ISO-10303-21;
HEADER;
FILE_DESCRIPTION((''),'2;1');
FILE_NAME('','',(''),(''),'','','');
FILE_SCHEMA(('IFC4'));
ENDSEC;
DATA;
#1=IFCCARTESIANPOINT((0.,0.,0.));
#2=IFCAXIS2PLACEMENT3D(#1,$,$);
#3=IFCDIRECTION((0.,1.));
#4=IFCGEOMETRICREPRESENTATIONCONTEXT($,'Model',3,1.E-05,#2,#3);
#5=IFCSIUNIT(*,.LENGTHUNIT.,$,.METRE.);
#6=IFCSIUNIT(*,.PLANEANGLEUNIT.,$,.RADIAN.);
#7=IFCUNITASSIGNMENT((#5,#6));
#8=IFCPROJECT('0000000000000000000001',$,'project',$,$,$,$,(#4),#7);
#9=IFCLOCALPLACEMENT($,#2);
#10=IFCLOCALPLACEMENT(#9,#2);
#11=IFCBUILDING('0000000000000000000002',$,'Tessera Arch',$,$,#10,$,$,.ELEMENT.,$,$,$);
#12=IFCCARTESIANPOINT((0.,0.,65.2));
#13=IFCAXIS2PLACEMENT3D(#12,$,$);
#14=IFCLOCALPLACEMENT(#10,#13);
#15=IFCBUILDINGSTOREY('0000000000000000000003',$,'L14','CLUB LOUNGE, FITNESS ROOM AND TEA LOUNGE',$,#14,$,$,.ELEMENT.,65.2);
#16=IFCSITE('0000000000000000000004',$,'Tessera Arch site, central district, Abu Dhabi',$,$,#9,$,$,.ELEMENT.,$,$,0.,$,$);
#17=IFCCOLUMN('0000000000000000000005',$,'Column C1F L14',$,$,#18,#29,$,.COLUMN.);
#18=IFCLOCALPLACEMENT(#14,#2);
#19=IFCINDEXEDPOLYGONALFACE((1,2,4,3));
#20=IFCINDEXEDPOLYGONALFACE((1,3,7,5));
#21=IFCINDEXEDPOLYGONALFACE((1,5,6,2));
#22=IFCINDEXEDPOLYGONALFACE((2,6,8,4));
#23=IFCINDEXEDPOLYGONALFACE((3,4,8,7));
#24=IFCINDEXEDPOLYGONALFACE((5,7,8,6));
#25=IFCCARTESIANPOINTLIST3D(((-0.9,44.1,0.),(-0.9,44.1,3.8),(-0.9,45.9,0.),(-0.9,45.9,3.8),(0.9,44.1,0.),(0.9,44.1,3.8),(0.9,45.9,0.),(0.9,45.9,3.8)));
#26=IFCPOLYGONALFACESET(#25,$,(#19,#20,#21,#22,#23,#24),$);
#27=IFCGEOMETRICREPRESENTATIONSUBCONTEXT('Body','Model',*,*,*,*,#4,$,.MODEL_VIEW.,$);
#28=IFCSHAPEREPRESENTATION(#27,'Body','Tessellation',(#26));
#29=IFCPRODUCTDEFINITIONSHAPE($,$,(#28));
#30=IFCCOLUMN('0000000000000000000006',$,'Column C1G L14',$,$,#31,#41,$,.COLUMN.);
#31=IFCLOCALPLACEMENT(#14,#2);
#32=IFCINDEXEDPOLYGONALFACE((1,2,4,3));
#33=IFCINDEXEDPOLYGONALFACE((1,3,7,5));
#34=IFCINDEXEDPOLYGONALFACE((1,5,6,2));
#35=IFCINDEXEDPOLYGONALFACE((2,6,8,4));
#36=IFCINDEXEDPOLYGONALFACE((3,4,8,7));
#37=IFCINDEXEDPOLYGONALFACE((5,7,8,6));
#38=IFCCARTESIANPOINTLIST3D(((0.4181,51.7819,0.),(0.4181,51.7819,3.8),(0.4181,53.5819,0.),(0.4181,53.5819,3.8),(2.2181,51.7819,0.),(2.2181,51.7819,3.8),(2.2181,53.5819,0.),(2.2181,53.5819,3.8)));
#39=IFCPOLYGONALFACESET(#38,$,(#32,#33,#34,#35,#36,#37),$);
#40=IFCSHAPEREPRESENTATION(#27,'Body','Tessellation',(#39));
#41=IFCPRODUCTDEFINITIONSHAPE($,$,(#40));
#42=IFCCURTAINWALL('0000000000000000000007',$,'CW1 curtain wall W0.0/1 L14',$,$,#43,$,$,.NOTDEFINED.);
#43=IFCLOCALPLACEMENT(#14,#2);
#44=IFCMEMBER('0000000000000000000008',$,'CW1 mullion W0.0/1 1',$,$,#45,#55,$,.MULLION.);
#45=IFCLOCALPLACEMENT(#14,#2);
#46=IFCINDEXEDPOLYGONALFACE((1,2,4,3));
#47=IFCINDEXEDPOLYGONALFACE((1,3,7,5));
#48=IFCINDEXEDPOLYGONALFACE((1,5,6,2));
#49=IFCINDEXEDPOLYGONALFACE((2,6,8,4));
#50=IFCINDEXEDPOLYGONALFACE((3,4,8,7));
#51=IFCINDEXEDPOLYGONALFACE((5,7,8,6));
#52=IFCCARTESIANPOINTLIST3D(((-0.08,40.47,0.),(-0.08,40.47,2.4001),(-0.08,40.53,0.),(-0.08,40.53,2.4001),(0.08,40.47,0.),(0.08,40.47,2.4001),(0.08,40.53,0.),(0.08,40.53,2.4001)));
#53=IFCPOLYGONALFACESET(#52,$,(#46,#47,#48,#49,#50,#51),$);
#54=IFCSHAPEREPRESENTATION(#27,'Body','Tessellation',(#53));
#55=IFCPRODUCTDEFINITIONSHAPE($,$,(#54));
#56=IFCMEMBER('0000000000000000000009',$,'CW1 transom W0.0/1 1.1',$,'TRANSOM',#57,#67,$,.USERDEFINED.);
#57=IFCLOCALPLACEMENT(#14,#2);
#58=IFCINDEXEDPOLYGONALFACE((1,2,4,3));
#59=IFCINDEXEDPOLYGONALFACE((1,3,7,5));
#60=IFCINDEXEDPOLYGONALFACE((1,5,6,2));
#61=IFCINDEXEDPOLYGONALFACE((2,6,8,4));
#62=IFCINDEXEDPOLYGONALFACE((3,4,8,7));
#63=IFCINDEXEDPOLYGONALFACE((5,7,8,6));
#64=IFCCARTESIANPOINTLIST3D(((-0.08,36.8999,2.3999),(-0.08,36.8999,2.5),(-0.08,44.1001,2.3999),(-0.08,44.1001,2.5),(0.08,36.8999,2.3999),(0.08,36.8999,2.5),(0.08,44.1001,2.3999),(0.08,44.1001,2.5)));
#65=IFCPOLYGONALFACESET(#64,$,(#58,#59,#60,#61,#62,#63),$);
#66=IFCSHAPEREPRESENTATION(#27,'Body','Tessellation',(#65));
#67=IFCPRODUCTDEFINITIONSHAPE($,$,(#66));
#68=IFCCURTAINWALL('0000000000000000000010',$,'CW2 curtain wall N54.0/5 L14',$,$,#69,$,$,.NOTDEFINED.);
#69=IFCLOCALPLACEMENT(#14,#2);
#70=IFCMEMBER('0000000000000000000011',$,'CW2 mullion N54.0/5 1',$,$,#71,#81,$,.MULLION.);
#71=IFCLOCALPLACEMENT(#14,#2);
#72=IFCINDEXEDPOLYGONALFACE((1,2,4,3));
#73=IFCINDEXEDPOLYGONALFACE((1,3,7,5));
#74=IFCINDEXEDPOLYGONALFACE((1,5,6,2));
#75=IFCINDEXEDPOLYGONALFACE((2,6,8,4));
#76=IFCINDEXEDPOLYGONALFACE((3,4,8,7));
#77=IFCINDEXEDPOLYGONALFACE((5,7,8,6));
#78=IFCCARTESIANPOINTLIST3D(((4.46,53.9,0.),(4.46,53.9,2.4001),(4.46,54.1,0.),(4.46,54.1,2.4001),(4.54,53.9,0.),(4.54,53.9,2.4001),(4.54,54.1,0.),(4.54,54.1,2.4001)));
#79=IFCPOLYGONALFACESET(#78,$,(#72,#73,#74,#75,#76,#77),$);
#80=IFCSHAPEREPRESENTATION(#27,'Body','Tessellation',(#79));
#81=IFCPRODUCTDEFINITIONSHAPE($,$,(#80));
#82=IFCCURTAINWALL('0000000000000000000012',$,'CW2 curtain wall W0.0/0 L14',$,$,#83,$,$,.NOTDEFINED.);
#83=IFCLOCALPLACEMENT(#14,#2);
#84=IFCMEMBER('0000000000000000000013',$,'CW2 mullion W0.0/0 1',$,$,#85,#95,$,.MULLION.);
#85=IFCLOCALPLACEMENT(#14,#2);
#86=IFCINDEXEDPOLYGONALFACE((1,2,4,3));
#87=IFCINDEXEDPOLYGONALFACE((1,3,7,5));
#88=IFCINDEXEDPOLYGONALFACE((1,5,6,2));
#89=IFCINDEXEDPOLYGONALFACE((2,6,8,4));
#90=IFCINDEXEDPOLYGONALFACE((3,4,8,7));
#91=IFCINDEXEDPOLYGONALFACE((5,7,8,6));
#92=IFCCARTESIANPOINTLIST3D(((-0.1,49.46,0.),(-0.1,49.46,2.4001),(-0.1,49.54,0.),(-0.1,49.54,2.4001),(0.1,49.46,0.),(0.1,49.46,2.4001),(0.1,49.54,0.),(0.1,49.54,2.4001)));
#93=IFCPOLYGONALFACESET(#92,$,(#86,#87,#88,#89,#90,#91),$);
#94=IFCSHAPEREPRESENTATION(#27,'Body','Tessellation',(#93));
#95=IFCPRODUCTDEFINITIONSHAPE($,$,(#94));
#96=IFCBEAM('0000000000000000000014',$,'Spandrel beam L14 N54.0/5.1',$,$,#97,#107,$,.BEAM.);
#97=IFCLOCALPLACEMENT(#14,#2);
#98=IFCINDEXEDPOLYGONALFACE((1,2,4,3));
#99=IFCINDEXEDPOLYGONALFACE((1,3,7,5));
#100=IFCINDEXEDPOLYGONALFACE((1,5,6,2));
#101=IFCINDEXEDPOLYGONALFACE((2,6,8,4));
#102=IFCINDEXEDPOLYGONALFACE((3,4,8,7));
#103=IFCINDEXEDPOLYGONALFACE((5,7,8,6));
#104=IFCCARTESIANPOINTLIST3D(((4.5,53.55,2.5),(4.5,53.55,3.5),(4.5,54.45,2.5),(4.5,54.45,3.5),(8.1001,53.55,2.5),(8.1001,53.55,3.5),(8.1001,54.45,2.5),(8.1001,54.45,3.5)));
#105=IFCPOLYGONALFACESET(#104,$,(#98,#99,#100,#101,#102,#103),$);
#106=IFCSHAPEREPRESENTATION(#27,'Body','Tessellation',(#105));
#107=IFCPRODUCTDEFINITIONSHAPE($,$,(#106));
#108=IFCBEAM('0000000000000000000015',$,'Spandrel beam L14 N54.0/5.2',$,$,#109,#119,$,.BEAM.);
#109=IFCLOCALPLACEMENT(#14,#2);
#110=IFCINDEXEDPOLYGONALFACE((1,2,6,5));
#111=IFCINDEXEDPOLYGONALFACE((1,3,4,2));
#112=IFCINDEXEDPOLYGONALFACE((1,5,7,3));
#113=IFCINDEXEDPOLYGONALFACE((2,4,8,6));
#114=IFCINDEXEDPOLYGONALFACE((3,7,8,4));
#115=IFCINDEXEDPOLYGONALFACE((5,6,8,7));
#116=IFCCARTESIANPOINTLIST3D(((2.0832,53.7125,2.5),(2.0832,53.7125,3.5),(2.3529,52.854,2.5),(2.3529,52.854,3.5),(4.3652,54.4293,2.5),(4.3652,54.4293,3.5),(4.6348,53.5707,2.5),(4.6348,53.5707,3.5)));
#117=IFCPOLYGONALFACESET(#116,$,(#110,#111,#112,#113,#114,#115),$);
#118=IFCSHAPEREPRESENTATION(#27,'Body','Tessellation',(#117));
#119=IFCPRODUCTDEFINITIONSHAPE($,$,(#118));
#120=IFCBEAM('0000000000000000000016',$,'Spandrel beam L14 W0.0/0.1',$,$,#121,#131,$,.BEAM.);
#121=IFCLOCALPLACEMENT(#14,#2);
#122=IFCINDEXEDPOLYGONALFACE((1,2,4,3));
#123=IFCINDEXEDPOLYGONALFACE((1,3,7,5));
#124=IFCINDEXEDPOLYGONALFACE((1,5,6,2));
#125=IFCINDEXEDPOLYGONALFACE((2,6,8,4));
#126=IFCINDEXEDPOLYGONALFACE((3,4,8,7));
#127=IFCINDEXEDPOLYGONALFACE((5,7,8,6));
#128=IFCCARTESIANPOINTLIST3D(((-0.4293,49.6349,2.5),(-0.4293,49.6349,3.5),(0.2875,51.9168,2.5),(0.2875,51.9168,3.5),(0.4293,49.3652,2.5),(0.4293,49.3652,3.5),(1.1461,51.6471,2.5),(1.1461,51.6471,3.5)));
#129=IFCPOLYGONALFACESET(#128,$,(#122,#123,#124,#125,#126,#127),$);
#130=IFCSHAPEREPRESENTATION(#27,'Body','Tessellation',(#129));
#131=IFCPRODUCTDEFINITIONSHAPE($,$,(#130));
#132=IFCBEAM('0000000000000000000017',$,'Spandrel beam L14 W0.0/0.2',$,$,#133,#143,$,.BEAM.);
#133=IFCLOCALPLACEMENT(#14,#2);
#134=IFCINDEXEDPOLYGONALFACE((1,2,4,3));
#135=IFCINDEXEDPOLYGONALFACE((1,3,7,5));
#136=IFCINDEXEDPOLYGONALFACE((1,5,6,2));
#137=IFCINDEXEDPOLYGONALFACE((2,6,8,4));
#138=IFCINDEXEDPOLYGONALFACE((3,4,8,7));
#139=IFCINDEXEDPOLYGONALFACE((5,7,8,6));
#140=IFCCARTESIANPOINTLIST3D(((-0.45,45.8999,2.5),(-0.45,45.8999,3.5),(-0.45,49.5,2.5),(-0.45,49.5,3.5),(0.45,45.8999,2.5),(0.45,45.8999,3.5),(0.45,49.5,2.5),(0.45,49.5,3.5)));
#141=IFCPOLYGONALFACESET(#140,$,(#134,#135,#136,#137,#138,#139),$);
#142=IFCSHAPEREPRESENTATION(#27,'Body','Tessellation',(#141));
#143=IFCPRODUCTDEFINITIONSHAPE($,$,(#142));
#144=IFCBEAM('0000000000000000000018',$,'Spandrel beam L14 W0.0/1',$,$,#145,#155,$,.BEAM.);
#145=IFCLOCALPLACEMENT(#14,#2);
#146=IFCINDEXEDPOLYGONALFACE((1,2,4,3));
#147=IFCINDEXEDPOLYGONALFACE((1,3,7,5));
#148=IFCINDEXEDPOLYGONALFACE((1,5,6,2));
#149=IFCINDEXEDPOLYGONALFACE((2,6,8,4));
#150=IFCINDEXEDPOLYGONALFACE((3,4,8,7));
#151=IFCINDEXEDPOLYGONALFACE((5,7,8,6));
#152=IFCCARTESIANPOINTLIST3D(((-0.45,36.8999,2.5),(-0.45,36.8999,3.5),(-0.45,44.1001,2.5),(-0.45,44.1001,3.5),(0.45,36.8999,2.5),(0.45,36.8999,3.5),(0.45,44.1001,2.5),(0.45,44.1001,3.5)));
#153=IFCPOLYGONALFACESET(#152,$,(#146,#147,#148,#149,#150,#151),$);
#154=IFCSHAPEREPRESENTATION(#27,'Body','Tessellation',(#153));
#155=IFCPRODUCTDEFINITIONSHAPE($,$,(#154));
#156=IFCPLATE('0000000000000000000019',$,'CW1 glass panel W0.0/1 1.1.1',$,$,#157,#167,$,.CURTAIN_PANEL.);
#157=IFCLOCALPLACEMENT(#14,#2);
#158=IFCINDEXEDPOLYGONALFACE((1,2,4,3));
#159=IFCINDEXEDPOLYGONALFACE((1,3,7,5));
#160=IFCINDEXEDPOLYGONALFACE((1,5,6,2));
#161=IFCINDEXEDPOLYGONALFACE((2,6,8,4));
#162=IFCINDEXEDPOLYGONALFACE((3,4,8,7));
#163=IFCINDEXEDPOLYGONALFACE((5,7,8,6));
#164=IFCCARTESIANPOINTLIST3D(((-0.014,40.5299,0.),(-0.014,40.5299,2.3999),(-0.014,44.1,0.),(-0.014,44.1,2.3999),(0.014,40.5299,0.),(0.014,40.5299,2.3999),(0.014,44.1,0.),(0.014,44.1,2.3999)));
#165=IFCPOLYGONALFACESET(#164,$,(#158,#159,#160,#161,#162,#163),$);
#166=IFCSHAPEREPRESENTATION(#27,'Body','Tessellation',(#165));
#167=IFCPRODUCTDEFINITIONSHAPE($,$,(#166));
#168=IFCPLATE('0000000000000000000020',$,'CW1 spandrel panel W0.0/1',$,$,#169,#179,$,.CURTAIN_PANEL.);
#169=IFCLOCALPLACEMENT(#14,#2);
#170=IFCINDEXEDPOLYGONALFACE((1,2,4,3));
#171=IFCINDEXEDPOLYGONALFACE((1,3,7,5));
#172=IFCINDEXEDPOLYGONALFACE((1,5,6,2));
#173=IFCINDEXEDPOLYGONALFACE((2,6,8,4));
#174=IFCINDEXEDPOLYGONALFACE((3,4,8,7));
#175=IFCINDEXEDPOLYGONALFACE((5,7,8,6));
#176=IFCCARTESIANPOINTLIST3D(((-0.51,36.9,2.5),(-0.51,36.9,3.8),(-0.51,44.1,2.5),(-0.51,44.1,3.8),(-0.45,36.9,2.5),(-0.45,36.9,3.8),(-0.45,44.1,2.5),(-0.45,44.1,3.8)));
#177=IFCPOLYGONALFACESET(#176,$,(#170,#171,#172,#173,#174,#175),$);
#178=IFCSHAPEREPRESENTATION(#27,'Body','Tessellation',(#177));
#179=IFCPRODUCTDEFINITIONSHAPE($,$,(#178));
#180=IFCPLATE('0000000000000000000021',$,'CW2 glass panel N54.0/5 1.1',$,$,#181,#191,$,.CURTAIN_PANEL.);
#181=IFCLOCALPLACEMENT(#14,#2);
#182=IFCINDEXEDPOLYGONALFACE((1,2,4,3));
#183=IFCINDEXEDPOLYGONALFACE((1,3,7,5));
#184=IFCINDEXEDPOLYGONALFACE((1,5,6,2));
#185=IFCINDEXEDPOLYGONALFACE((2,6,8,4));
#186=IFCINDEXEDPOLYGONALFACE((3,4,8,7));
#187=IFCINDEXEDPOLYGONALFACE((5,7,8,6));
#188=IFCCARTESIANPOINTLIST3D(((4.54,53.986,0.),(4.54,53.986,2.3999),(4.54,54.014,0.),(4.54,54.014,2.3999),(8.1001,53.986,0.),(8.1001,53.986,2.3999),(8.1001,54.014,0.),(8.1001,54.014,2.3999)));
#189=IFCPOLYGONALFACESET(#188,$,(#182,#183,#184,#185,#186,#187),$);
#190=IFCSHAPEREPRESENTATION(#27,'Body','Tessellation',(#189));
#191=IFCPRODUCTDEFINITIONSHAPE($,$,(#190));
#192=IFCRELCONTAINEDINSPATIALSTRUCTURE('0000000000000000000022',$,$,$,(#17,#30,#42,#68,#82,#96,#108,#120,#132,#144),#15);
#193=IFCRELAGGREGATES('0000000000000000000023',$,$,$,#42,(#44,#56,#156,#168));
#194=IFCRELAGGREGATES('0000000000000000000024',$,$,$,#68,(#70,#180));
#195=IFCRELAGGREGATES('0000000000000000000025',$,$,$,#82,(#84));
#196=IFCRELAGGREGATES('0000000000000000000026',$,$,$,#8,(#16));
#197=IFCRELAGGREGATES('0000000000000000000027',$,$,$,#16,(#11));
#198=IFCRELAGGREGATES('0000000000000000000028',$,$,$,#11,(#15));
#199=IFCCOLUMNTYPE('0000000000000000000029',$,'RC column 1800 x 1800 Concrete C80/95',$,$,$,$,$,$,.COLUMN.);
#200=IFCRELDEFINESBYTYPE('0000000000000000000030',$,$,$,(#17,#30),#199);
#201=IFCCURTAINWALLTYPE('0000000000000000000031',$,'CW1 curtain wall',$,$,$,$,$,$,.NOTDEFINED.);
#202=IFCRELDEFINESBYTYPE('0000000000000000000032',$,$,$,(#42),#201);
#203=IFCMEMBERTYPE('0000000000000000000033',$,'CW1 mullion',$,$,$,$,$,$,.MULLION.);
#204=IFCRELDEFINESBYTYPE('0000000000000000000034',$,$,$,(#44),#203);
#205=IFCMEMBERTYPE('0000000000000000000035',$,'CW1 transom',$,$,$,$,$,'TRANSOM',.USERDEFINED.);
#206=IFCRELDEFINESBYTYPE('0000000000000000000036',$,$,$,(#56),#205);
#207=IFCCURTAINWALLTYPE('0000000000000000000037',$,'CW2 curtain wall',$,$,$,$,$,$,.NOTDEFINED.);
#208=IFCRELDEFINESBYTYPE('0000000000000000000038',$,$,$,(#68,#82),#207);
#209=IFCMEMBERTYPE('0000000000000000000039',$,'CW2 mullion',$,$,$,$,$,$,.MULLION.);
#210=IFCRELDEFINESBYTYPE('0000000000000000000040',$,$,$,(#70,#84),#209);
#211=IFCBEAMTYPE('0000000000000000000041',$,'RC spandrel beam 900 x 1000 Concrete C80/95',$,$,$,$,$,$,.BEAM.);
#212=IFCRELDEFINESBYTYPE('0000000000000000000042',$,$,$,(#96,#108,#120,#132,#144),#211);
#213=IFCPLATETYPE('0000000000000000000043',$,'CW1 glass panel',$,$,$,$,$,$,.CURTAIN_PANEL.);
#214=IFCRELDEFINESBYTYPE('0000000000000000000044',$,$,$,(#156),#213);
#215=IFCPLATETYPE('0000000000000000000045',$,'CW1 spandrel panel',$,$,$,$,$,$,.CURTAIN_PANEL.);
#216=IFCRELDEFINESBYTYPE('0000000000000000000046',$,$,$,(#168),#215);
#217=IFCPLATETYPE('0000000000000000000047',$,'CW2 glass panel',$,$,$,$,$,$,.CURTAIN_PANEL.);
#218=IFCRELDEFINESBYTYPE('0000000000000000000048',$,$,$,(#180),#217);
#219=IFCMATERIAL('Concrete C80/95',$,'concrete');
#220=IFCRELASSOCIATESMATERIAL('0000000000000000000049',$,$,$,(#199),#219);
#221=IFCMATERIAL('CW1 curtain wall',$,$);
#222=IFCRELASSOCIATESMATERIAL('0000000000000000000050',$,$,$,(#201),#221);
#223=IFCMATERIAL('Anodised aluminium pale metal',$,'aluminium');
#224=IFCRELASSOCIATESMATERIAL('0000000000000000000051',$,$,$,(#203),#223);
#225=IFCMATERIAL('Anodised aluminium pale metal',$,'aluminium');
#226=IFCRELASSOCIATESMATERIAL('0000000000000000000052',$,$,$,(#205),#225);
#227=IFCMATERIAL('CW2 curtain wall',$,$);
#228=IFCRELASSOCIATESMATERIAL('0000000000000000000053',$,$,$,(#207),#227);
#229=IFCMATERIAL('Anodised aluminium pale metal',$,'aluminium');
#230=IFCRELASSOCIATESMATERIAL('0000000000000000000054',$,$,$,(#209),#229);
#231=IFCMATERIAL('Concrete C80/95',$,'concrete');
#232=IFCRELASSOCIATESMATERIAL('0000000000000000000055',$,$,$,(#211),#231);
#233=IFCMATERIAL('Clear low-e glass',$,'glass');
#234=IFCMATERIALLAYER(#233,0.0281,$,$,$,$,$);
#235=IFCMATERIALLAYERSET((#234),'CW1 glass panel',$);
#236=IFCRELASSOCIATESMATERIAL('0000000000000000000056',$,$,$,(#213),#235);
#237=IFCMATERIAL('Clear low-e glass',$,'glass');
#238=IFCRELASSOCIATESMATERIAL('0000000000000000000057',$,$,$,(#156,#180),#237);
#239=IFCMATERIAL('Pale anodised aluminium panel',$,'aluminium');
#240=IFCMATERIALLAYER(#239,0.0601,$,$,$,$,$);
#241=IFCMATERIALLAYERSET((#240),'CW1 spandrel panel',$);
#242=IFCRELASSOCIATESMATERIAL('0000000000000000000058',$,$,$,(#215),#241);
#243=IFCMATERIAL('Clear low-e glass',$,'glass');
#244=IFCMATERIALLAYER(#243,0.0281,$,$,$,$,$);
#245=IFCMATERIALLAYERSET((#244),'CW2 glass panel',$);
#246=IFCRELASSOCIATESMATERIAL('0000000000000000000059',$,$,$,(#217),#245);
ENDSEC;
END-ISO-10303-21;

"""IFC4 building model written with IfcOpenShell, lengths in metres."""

from ifc_helpers import new_model, si_unit, direction, frame, origin, origin_2d, place, context, subcontext, project, spatial, rectangle, extrude, material, layer, layer_set, material_profile, profile_set, type_object, element, aggregate, save


model = new_model("IFC4")

# Units and contexts
model_context = context("Model", 3, precision=1e-05, world=origin(), true_north=direction((0.0, 1.0)))
body_context = subcontext(model_context, "Body", "Model", "MODEL_VIEW")
ifc_project = project(units=[si_unit("LENGTHUNIT", "METRE"), si_unit("PLANEANGLEUNIT", "RADIAN")], contexts=[model_context])

# Site, building, storey
site_placement = place(None, origin())
site = spatial("IfcSite", under=ifc_project, at=site_placement, Name="Tessera Arch site, central district, Abu Dhabi", CompositionType="ELEMENT", RefElevation=0.0)
building_placement = place(site_placement, origin())
building = spatial("IfcBuilding", under=site, at=building_placement, Name="Tessera Arch", CompositionType="ELEMENT")
storey_placement = place(building_placement, frame((0.0, 0.0, 65.2)))
storey = spatial("IfcBuildingStorey", under=building, at=storey_placement, Name="L14", Description="CLUB LOUNGE, FITNESS ROOM AND TEA LOUNGE", CompositionType="ELEMENT", Elevation=65.2)

# Columns
ifc_material_1 = material(Name="Concrete C80/95", Category="concrete")
ifc_material_profile_1 = material_profile(ifc_material_1, rectangle(XDim=1.8, YDim=1.8, at=origin_2d()), Name="RC column 1800 x 1800 Concrete C80/95")
ifc_profile_set_1 = profile_set([ifc_material_profile_1], Name="Concrete C80/95")
column_type = type_object("IfcColumnType", Name="RC column 1800 x 1800 Concrete C80/95", PredefinedType="COLUMN", material=ifc_profile_set_1)
for number, where, z_axis, x_axis, name in (
    (1, (0.0, 45.0, 0.0), (0.0, 0.0, 1.0), (1.0, 0.0, 0.0), "Column C1F L14"),
    (2, (1.3181, 52.6819, 0.0), (0.0, 0.0, 1.0), (1.0, 0.0, 0.0), "Column C1G L14"),
):
    element("IfcColumn", number, at=place(storey_placement, frame(where, z_axis=z_axis, x_axis=x_axis)), inside=storey, type_object=column_type, Name=name, PredefinedType="COLUMN", context=body_context, shape_type="SweptSolid", body=[
        extrude(rectangle(XDim=1.8, YDim=1.8, at=origin_2d()), origin(), (0.0, 0.0, 1.0), 3.8),
    ])

# Curtain wall, members
ifc_material_2 = material(Name="CW1 curtain wall")
curtain_wall_type_1 = type_object("IfcCurtainWallType", Name="CW1 curtain wall", PredefinedType="NOTDEFINED", material=ifc_material_2)
curtain_wall_1_placement = place(storey_placement, origin())
curtain_wall_1 = element("IfcCurtainWall", 3, at=curtain_wall_1_placement, inside=storey, type_object=curtain_wall_type_1, Name="CW1 curtain wall W0.0/1 L14", PredefinedType="NOTDEFINED")
ifc_material_3 = material(Name="Anodised aluminium pale metal", Category="aluminium")
ifc_material_profile_2 = material_profile(ifc_material_3, rectangle(XDim=0.1599, YDim=0.0601, at=origin_2d()), Name="AL 60x160")
ifc_profile_set_2 = profile_set([ifc_material_profile_2], Name="Anodised aluminium pale metal")
member_type_1 = type_object("IfcMemberType", Name="CW1 mullion", PredefinedType="MULLION", material=ifc_profile_set_2)
member_1_placement = place(storey_placement, frame((0.0, 40.5, 0.0), z_axis=(0.0, 0.0, 1.0), x_axis=(1.0, 0.0, 0.0)))
member_1 = element("IfcMember", 4, at=member_1_placement, type_object=member_type_1, Name="CW1 mullion W0.0/1 1", PredefinedType="MULLION", context=body_context, shape_type="SweptSolid", body=[
    extrude(rectangle(XDim=0.1599, YDim=0.0601, at=origin_2d()), origin(), (0.0, 0.0, 1.0), 2.4001),
])
ifc_material_4 = material(Name="Anodised aluminium pale metal", Category="aluminium")
ifc_material_profile_3 = material_profile(ifc_material_4, rectangle(XDim=0.1599, YDim=0.1001, at=origin_2d()), Name="AL 160x100")
ifc_profile_set_3 = profile_set([ifc_material_profile_3], Name="Anodised aluminium pale metal")
member_type_2 = type_object("IfcMemberType", Name="CW1 transom", ElementType="TRANSOM", PredefinedType="USERDEFINED", material=ifc_profile_set_3)
member_2_placement = place(storey_placement, frame((0.0, 44.1001, 2.45), z_axis=(0.0, -1.0, 0.0), x_axis=(1.0, 0.0, 0.0)))
member_2 = element("IfcMember", 5, at=member_2_placement, type_object=member_type_2, Name="CW1 transom W0.0/1 1.1", ObjectType="TRANSOM", PredefinedType="USERDEFINED", context=body_context, shape_type="SweptSolid", body=[
    extrude(rectangle(XDim=0.1599, YDim=0.1001, at=origin_2d()), origin(), (0.0, 0.0, 1.0), 7.2002),
])

# Curtain walls, members
ifc_material_5 = material(Name="CW2 curtain wall")
curtain_wall_type_2 = type_object("IfcCurtainWallType", Name="CW2 curtain wall", PredefinedType="NOTDEFINED", material=ifc_material_5)
curtain_wall_2_placement = place(storey_placement, origin())
curtain_wall_2 = element("IfcCurtainWall", 6, at=curtain_wall_2_placement, inside=storey, type_object=curtain_wall_type_2, Name="CW2 curtain wall N54.0/5 L14", PredefinedType="NOTDEFINED")
ifc_material_6 = material(Name="Anodised aluminium pale metal", Category="aluminium")
ifc_material_profile_4 = material_profile(ifc_material_6, rectangle(XDim=0.2, YDim=0.0801, at=origin_2d()), Name="AL 80x200")
ifc_profile_set_4 = profile_set([ifc_material_profile_4], Name="Anodised aluminium pale metal")
member_type_3 = type_object("IfcMemberType", Name="CW2 mullion", PredefinedType="MULLION", material=ifc_profile_set_4)
member_3_placement = place(storey_placement, frame((4.5, 54.0, 0.0), z_axis=(0.0, 0.0, 1.0), x_axis=(0.0, -1.0, 0.0)))
member_3 = element("IfcMember", 7, at=member_3_placement, type_object=member_type_3, Name="CW2 mullion N54.0/5 1", PredefinedType="MULLION", context=body_context, shape_type="SweptSolid", body=[
    extrude(rectangle(XDim=0.2, YDim=0.0801, at=origin_2d()), origin(), (0.0, 0.0, 1.0), 2.4001),
])
curtain_wall_3_placement = place(storey_placement, origin())
curtain_wall_3 = element("IfcCurtainWall", 8, at=curtain_wall_3_placement, inside=storey, type_object=curtain_wall_type_2, Name="CW2 curtain wall W0.0/0 L14", PredefinedType="NOTDEFINED")
member_4_placement = place(storey_placement, frame((0.0, 49.5, 0.0), z_axis=(0.0, 0.0, 1.0), x_axis=(1.0, 0.0, 0.0)))
member_4 = element("IfcMember", 9, at=member_4_placement, type_object=member_type_3, Name="CW2 mullion W0.0/0 1", PredefinedType="MULLION", context=body_context, shape_type="SweptSolid", body=[
    extrude(rectangle(XDim=0.2, YDim=0.0801, at=origin_2d()), origin(), (0.0, 0.0, 1.0), 2.4001),
])

# Beams
ifc_material_7 = material(Name="Concrete C80/95", Category="concrete")
ifc_material_profile_5 = material_profile(ifc_material_7, rectangle(XDim=0.8999, YDim=1.0, at=origin_2d()), Name="RC spandrel beam 900 x 1000 Concrete C80/95")
ifc_profile_set_5 = profile_set([ifc_material_profile_5], Name="Concrete C80/95")
beam_type = type_object("IfcBeamType", Name="RC spandrel beam 900 x 1000 Concrete C80/95", PredefinedType="BEAM", material=ifc_profile_set_5)
beam_1_placement = place(storey_placement, frame((8.1001, 54.0, 3.0), z_axis=(-1.0, 0.0, 0.0), x_axis=(0.0, -1.0, 0.0)))
element("IfcBeam", 10, at=beam_1_placement, inside=storey, type_object=beam_type, Name="Spandrel beam L14 N54.0/5.1", PredefinedType="BEAM", context=body_context, shape_type="SweptSolid", body=[
    extrude(rectangle(XDim=0.8999, YDim=1.0, at=origin_2d()), origin(), (0.0, 0.0, 1.0), 3.6001),
])
for number, where, z_axis, x_axis, name in (
    (11, (4.5, 54.0, 3.0), (-0.954041, -0.299675, 0.0), (0.299675, -0.954041, 0.0), "Spandrel beam L14 N54.0/5.2"),
    (12, (0.7168, 51.782, 3.0), (-0.299675, -0.954041, 0.0), (0.954041, -0.299675, 0.0), "Spandrel beam L14 W0.0/0.1"),
):
    element("IfcBeam", number, at=place(storey_placement, frame(where, z_axis=z_axis, x_axis=x_axis)), inside=storey, type_object=beam_type, Name=name, PredefinedType="BEAM", context=body_context, shape_type="SweptSolid", body=[
        extrude(rectangle(XDim=0.8999, YDim=1.0, at=origin_2d()), origin(), (0.0, 0.0, 1.0), 2.3918),
    ])
beam_2_placement = place(storey_placement, frame((0.0, 49.5, 3.0), z_axis=(0.0, -1.0, 0.0), x_axis=(1.0, 0.0, 0.0)))
element("IfcBeam", 13, at=beam_2_placement, inside=storey, type_object=beam_type, Name="Spandrel beam L14 W0.0/0.2", PredefinedType="BEAM", context=body_context, shape_type="SweptSolid", body=[
    extrude(rectangle(XDim=0.8999, YDim=1.0, at=origin_2d()), origin(), (0.0, 0.0, 1.0), 3.6001),
])
beam_3_placement = place(storey_placement, frame((0.0, 44.1001, 3.0), z_axis=(0.0, -1.0, 0.0), x_axis=(1.0, 0.0, 0.0)))
element("IfcBeam", 14, at=beam_3_placement, inside=storey, type_object=beam_type, Name="Spandrel beam L14 W0.0/1", PredefinedType="BEAM", context=body_context, shape_type="SweptSolid", body=[
    extrude(rectangle(XDim=0.8999, YDim=1.0, at=origin_2d()), origin(), (0.0, 0.0, 1.0), 7.2002),
])

# Plates
ifc_material_8 = material(Name="Clear low-e glass", Category="glass")
ifc_material_9 = material(Name="Clear low-e glass", Category="glass")
ifc_layer_1 = layer(ifc_material_9, 0.0281)
ifc_layer_set_1 = layer_set([ifc_layer_1], Name="CW1 glass panel")
plate_type_1 = type_object("IfcPlateType", Name="CW1 glass panel", PredefinedType="CURTAIN_PANEL", material=ifc_layer_set_1)
plate_1_placement = place(storey_placement, frame((0.0, 42.3149, 0.0), z_axis=(0.0, 0.0, 1.0), x_axis=(0.0, -1.0, 0.0)))
plate_1 = element("IfcPlate", 15, at=plate_1_placement, type_object=plate_type_1, material=ifc_material_8, Name="CW1 glass panel W0.0/1 1.1.1", PredefinedType="CURTAIN_PANEL", context=body_context, shape_type="SweptSolid", body=[
    extrude(rectangle(XDim=3.5701, YDim=0.0281, at=origin_2d()), origin(), (0.0, 0.0, 1.0), 2.3999),
])
ifc_material_10 = material(Name="Pale anodised aluminium panel", Category="aluminium")
ifc_layer_2 = layer(ifc_material_10, 0.0601)
ifc_layer_set_2 = layer_set([ifc_layer_2], Name="CW1 spandrel panel")
plate_type_2 = type_object("IfcPlateType", Name="CW1 spandrel panel", PredefinedType="CURTAIN_PANEL", material=ifc_layer_set_2)
plate_2_placement = place(storey_placement, frame((-0.48, 40.5, 2.5), z_axis=(0.0, 0.0, 1.0), x_axis=(0.0, -1.0, 0.0)))
plate_2 = element("IfcPlate", 16, at=plate_2_placement, type_object=plate_type_2, Name="CW1 spandrel panel W0.0/1", PredefinedType="CURTAIN_PANEL", context=body_context, shape_type="SweptSolid", body=[
    extrude(rectangle(XDim=7.2, YDim=0.0601, at=origin_2d()), origin(), (0.0, 0.0, 1.0), 1.3),
])
aggregate(curtain_wall_1, [member_1, member_2, plate_1, plate_2])
ifc_material_11 = material(Name="Clear low-e glass", Category="glass")
ifc_layer_3 = layer(ifc_material_11, 0.0281)
ifc_layer_set_3 = layer_set([ifc_layer_3], Name="CW2 glass panel")
plate_type_3 = type_object("IfcPlateType", Name="CW2 glass panel", PredefinedType="CURTAIN_PANEL", material=ifc_layer_set_3)
plate_3_placement = place(storey_placement, frame((6.3201, 54.0, 0.0), z_axis=(0.0, 0.0, 1.0), x_axis=(-1.0, 0.0, 0.0)))
plate_3 = element("IfcPlate", 17, at=plate_3_placement, type_object=plate_type_3, material=ifc_material_8, Name="CW2 glass panel N54.0/5 1.1", PredefinedType="CURTAIN_PANEL", context=body_context, shape_type="SweptSolid", body=[
    extrude(rectangle(XDim=3.5601, YDim=0.0281, at=origin_2d()), origin(), (0.0, 0.0, 1.0), 2.3999),
])
aggregate(curtain_wall_2, [member_3, plate_3])
aggregate(curtain_wall_3, [member_4])

save(model, "model.ifc")
